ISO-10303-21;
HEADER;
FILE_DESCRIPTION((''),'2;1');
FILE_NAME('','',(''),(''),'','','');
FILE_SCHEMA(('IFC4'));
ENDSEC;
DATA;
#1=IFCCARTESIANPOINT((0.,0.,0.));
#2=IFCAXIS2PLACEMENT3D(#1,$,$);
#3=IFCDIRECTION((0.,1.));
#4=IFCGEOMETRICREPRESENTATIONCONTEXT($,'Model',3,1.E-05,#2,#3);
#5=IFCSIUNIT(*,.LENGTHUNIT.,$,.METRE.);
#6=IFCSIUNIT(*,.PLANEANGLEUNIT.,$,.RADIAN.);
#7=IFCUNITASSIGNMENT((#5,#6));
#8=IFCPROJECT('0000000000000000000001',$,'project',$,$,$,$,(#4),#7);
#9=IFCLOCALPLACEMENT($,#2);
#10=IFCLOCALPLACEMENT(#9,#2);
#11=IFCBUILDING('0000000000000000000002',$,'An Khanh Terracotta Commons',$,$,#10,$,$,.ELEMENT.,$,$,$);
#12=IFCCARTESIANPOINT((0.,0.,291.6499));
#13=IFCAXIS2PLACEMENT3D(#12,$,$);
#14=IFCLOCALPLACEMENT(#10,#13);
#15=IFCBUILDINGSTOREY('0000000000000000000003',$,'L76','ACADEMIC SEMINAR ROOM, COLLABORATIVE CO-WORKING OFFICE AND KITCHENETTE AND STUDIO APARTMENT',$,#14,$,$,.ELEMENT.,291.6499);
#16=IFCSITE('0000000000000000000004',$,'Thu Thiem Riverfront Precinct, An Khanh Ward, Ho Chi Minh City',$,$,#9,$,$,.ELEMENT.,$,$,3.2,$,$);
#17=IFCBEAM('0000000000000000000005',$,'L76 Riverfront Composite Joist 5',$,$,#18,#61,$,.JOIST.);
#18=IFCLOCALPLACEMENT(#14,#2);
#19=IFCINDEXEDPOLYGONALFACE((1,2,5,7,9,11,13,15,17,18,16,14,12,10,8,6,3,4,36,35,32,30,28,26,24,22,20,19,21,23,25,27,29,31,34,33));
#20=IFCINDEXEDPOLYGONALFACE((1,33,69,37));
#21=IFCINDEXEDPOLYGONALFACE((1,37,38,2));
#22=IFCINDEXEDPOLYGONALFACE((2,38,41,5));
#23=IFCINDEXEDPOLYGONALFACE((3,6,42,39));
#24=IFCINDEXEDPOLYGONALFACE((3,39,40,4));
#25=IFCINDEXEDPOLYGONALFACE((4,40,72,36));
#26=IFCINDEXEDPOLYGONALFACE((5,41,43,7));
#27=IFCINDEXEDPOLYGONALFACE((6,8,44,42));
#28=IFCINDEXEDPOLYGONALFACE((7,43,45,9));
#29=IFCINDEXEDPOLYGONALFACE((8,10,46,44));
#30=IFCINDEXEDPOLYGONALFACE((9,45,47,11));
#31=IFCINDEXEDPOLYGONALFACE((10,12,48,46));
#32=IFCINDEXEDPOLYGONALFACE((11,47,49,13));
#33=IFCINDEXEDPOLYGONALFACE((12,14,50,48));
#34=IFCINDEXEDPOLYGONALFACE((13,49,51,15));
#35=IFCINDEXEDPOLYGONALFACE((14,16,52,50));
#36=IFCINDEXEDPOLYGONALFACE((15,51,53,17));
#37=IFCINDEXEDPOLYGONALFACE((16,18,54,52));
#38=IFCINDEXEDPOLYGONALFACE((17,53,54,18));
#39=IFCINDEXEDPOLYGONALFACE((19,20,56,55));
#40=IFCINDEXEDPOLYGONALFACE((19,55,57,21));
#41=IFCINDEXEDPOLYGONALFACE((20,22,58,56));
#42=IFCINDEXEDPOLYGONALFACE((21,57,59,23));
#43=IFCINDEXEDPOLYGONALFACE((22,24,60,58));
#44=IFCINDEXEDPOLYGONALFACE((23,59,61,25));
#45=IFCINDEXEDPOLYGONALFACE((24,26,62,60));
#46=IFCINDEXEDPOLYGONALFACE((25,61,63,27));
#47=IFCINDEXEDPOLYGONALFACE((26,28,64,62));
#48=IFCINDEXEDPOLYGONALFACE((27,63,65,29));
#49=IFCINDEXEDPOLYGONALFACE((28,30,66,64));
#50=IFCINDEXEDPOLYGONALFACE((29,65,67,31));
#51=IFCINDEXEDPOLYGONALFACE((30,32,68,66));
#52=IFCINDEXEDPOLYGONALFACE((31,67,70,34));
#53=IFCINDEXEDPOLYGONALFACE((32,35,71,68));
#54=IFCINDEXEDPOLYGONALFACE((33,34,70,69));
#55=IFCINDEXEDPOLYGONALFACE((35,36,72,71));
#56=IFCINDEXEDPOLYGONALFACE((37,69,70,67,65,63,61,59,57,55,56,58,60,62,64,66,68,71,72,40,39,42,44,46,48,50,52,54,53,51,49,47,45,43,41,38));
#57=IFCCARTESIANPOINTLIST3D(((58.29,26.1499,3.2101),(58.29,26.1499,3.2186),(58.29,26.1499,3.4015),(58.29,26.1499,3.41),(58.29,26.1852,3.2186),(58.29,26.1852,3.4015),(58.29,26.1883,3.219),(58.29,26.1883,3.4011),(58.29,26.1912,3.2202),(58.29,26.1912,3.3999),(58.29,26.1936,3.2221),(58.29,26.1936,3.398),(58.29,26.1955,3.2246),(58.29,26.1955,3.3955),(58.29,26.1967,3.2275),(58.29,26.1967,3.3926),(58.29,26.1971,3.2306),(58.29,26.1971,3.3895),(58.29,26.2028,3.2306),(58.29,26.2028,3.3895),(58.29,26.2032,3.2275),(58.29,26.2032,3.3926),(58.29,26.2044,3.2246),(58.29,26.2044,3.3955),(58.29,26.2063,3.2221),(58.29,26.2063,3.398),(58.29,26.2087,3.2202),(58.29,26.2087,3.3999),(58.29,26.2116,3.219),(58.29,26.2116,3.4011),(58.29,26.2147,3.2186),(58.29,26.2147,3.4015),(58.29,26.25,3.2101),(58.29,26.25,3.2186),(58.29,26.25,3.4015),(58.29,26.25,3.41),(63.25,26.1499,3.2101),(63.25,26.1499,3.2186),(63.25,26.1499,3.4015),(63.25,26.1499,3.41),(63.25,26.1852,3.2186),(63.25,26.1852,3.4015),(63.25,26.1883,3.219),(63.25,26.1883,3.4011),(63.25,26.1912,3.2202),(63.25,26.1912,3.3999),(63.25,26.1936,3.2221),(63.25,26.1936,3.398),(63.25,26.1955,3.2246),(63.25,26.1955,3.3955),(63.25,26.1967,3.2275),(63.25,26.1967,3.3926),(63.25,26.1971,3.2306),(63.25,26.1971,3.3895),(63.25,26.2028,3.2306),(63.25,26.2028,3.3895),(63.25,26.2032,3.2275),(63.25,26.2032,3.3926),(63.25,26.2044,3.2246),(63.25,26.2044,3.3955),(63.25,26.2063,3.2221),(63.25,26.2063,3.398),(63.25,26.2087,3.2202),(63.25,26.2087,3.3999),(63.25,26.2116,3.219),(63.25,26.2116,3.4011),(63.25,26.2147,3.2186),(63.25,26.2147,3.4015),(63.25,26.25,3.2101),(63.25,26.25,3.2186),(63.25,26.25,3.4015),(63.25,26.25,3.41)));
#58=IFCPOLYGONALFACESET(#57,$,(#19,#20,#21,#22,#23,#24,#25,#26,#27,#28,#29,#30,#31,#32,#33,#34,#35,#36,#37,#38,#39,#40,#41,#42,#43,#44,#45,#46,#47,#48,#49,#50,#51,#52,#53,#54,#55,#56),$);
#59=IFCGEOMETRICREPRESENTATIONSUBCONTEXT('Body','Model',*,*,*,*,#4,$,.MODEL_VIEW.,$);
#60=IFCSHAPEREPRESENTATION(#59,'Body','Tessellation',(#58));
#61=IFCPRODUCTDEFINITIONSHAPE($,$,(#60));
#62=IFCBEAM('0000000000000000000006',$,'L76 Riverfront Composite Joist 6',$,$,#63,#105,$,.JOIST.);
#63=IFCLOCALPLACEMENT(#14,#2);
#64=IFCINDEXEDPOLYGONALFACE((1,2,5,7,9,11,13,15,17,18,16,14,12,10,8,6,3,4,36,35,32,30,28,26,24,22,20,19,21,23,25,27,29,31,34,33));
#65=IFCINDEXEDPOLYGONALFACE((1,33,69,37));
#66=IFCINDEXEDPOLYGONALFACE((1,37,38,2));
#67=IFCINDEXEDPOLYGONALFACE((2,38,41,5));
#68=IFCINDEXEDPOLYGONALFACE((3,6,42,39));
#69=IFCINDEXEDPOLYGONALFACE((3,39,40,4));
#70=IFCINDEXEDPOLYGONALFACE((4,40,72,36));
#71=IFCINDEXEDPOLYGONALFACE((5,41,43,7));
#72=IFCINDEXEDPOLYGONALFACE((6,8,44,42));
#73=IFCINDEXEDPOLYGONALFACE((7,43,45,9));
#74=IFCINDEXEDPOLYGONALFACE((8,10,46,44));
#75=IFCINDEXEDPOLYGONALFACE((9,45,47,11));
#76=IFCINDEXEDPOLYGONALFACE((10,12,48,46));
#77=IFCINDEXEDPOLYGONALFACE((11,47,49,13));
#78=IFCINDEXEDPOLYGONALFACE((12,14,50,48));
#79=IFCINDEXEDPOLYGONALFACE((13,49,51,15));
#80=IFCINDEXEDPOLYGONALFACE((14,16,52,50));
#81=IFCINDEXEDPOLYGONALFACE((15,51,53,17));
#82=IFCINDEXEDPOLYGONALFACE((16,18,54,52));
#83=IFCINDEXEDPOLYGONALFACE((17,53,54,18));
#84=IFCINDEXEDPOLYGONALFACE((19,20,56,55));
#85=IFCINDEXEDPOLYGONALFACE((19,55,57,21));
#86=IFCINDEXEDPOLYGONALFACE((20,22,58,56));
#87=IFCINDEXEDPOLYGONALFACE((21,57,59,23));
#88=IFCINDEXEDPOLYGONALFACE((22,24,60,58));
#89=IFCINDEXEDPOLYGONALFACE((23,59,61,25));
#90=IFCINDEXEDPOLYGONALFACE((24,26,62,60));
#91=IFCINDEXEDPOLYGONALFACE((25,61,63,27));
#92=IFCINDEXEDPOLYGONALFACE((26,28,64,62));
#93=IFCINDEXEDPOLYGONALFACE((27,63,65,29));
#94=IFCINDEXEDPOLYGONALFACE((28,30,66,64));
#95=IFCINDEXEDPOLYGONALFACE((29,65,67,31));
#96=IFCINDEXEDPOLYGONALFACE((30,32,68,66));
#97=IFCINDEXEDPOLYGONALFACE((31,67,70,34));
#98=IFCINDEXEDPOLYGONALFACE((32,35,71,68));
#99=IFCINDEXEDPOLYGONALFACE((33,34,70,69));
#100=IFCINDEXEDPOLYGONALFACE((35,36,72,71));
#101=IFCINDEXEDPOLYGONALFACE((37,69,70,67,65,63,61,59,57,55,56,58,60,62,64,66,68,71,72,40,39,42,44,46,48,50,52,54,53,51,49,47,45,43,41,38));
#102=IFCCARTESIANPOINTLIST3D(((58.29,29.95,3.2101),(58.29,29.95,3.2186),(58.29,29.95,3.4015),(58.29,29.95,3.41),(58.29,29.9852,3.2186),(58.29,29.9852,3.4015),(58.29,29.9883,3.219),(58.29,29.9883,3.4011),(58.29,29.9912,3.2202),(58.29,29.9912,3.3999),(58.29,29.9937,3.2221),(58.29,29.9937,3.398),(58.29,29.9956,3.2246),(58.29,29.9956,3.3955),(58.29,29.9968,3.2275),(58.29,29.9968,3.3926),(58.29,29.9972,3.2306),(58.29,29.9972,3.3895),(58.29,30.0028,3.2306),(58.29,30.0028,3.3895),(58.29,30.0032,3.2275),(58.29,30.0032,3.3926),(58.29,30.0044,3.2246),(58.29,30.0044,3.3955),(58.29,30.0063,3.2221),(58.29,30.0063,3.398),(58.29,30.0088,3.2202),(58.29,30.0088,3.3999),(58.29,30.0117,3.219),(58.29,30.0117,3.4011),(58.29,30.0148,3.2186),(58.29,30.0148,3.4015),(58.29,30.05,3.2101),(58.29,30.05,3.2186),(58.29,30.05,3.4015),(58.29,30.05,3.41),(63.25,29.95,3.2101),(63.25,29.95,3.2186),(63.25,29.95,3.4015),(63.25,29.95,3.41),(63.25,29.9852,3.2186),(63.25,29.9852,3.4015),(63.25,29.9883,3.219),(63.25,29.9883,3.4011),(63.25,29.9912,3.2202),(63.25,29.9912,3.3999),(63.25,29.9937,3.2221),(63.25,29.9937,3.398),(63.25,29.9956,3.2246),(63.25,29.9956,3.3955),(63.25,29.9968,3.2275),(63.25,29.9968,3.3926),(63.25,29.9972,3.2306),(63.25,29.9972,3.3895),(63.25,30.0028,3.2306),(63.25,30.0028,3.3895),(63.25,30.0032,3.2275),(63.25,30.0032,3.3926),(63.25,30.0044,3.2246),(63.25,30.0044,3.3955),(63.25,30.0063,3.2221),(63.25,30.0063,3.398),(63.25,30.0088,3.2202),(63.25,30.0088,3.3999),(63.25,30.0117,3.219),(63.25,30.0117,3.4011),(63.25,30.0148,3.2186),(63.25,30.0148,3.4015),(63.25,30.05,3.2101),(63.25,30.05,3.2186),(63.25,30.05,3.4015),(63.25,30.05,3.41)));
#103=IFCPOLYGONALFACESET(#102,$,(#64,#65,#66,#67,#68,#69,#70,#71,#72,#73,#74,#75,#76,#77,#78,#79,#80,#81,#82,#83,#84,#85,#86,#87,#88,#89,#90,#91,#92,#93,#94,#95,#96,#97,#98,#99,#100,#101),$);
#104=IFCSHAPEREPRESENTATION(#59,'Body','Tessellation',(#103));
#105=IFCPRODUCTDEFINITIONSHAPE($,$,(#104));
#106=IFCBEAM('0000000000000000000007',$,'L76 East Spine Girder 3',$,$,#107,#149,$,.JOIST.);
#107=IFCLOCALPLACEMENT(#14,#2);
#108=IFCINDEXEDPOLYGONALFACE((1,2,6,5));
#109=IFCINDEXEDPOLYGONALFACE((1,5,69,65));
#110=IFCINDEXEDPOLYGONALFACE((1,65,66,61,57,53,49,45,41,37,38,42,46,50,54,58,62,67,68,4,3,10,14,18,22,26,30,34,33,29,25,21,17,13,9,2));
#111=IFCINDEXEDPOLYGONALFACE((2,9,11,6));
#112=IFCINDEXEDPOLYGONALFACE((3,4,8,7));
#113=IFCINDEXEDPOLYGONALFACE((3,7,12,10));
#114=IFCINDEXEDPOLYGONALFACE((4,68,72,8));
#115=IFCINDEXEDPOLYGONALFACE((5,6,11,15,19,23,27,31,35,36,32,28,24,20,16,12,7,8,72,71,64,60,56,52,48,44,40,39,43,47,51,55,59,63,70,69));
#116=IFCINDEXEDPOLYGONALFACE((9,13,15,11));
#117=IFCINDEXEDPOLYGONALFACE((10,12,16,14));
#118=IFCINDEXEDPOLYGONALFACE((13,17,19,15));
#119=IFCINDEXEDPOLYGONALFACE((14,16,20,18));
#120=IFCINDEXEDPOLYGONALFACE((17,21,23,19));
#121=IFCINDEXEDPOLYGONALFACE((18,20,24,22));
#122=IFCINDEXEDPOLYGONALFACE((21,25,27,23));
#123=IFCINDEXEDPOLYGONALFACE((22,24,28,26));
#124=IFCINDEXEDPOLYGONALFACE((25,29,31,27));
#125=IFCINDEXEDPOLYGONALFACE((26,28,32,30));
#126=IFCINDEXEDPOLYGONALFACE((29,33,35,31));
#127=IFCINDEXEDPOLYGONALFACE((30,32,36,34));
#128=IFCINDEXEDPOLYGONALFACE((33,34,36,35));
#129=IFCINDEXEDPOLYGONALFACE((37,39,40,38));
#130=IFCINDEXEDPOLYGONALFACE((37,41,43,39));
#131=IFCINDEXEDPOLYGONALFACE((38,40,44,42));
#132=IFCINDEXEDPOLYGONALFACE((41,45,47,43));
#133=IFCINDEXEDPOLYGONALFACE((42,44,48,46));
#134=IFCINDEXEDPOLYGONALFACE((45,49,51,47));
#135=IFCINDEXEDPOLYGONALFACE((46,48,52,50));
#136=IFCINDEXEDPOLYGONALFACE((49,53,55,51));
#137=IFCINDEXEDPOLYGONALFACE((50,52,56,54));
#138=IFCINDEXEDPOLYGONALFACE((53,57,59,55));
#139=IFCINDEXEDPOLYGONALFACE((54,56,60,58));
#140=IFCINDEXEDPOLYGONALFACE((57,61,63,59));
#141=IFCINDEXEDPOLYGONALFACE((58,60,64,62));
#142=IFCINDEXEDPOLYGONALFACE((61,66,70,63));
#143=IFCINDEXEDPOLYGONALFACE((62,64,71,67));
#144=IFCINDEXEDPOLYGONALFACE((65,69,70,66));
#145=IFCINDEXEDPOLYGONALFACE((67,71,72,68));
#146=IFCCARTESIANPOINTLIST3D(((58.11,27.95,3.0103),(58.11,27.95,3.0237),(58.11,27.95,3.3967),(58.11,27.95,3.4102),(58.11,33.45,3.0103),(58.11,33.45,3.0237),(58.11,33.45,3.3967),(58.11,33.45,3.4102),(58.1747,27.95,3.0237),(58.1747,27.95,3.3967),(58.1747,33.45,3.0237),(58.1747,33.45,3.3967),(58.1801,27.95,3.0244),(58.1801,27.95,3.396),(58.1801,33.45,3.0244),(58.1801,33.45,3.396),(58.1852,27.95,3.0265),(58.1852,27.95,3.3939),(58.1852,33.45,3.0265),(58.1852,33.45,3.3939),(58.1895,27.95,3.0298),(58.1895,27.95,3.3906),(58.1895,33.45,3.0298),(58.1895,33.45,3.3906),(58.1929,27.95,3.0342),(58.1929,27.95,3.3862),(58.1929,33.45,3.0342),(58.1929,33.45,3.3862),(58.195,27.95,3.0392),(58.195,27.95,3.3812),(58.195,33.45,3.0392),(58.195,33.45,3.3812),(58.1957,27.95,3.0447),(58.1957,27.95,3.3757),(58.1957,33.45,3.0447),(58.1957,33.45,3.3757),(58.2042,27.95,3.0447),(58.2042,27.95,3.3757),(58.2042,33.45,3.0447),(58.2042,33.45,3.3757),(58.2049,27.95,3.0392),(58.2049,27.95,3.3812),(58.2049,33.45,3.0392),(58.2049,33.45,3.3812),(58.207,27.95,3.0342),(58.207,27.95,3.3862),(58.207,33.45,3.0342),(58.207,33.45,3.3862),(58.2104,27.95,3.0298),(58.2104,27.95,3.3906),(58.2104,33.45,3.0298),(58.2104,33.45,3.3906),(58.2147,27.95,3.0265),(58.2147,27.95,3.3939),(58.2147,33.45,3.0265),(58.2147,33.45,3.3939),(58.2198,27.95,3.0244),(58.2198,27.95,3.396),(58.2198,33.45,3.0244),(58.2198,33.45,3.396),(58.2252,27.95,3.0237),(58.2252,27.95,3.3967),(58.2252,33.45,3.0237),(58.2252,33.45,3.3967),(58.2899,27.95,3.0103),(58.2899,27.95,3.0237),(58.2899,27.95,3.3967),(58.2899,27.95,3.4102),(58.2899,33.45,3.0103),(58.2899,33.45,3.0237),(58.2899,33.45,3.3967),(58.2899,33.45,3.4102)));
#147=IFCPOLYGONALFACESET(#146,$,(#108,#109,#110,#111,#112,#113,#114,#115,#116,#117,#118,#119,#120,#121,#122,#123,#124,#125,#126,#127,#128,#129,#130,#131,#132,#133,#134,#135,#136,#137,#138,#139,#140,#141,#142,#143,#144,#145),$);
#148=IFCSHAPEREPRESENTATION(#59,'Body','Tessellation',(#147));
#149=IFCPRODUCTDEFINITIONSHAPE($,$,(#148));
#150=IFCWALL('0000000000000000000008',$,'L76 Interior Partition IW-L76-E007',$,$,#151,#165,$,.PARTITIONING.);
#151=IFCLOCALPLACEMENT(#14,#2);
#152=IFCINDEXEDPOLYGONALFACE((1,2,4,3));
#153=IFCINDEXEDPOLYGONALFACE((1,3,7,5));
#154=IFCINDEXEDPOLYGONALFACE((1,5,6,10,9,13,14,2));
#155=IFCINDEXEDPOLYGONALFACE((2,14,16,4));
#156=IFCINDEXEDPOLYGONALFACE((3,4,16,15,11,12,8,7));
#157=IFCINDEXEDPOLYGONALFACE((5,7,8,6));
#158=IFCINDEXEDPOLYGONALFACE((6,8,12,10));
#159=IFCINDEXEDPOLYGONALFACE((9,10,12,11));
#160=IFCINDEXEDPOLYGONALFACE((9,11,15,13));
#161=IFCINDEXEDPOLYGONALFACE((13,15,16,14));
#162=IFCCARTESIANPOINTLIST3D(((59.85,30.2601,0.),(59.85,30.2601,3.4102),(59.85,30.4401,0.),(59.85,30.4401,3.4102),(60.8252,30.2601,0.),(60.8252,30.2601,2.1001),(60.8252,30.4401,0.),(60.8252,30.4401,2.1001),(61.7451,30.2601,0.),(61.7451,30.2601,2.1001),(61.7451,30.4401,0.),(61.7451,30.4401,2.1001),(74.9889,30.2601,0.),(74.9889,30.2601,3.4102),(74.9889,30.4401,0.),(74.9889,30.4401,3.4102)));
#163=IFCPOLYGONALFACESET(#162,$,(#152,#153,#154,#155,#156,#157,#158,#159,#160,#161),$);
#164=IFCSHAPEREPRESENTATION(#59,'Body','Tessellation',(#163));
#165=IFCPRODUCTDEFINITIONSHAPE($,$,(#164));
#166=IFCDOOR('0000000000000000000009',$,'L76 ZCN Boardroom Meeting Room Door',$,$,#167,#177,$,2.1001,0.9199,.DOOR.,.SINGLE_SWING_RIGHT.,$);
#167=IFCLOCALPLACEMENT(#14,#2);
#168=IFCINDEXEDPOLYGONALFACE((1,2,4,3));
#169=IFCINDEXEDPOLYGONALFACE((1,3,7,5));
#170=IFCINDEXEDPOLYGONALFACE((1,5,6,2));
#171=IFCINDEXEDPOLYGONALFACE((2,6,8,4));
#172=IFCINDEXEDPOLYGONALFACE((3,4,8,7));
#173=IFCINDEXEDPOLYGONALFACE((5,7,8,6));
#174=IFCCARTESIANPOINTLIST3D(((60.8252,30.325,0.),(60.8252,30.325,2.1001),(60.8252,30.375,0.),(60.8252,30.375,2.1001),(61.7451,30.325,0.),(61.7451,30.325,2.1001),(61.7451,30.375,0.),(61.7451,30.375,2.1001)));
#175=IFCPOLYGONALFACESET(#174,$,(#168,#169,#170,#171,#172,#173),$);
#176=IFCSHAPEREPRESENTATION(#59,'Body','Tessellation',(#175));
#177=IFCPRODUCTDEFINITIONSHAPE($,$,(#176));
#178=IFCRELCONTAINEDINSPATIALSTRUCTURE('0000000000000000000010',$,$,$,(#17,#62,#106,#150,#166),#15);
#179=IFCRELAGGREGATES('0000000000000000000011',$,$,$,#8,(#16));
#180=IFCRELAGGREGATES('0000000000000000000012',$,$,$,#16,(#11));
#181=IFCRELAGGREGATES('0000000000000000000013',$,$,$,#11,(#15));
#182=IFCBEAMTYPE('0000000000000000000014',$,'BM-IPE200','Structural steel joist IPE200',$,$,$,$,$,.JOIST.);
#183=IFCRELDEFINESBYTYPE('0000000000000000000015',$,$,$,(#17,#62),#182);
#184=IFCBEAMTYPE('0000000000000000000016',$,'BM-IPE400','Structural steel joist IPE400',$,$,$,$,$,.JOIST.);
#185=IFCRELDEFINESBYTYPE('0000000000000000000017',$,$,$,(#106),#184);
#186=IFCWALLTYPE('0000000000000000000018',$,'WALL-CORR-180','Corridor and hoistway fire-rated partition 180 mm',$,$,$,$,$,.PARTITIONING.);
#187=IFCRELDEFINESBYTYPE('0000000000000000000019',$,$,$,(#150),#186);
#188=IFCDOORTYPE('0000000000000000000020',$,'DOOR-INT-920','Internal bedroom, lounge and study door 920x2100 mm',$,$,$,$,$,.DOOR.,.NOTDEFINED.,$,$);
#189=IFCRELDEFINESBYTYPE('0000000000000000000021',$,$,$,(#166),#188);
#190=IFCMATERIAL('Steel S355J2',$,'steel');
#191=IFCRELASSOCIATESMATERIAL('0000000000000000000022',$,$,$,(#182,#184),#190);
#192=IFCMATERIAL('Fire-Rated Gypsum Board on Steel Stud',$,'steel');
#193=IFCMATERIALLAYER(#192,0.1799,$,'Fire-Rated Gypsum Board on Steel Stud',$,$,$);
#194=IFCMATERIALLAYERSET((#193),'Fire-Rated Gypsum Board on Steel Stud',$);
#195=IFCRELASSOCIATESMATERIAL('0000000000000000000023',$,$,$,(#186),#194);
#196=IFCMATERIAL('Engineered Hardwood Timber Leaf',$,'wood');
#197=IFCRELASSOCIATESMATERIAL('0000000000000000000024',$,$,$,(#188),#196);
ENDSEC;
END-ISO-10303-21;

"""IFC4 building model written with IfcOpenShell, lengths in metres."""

from ifc_helpers import new_model, si_unit, direction, frame, frame_2d, origin, origin_2d, place, context, subcontext, project, spatial, rectangle, i_section, extrude, material, layer, layer_set, material_profile, profile_set, type_object, element, fill, save


model = new_model("IFC4")

# Units and contexts
model_context = context("Model", 3, precision=1e-05, world=origin(), true_north=direction((0.0, 1.0)))
body_context = subcontext(model_context, "Body", "Model", "MODEL_VIEW")
ifc_project = project(units=[si_unit("LENGTHUNIT", "METRE"), si_unit("PLANEANGLEUNIT", "RADIAN")], contexts=[model_context])

# Site, building, storey
site_placement = place(None, origin())
site = spatial("IfcSite", under=ifc_project, at=site_placement, Name="Thu Thiem Riverfront Precinct, An Khanh Ward, Ho Chi Minh City", CompositionType="ELEMENT", RefElevation=3.2)
building_placement = place(site_placement, origin())
building = spatial("IfcBuilding", under=site, at=building_placement, Name="An Khanh Terracotta Commons", CompositionType="ELEMENT")
storey_placement = place(building_placement, frame((0.0, 0.0, 291.6499)))
storey = spatial("IfcBuildingStorey", under=building, at=storey_placement, Name="L76", Description="ACADEMIC SEMINAR ROOM, COLLABORATIVE CO-WORKING OFFICE AND KITCHENETTE AND STUDIO APARTMENT", CompositionType="ELEMENT", Elevation=291.6499)

# Beams
ifc_material_1 = material(Name="Steel S355J2", Category="steel")
ifc_material_profile_1 = material_profile(ifc_material_1, i_section(OverallWidth=0.1001, OverallDepth=0.2, WebThickness=0.0056, FlangeThickness=0.0085, FilletRadius=0.012, at=origin_2d()), Name="IPE200")
ifc_profile_set_1 = profile_set([ifc_material_profile_1], Name="Steel S355J2")
beam_type_1 = type_object("IfcBeamType", Name="BM-IPE200", Description="Structural steel joist IPE200", PredefinedType="JOIST", material=ifc_profile_set_1)
for number, where, z_axis, x_axis, name in (
    (1, (58.29, 26.2, 3.3101), (1.0, 0.0, 0.0), (0.0, 1.0, 0.0), "L76 Riverfront Composite Joist 5"),
    (2, (58.29, 30.0, 3.3101), (1.0, 0.0, 0.0), (0.0, 1.0, 0.0), "L76 Riverfront Composite Joist 6"),
):
    element("IfcBeam", number, at=place(storey_placement, frame(where, z_axis=z_axis, x_axis=x_axis)), inside=storey, type_object=beam_type_1, Name=name, PredefinedType="JOIST", context=body_context, shape_type="SweptSolid", body=[
        extrude(i_section(OverallWidth=0.1001, OverallDepth=0.2, WebThickness=0.0056, FlangeThickness=0.0085, FilletRadius=0.012, at=origin_2d()), origin(), (0.0, 0.0, 1.0), 4.96),
    ])
ifc_material_profile_2 = material_profile(ifc_material_1, i_section(OverallWidth=0.1799, OverallDepth=0.3999, WebThickness=0.0085, FlangeThickness=0.0134, FilletRadius=0.021, at=origin_2d()), Name="IPE400")
ifc_profile_set_2 = profile_set([ifc_material_profile_2], Name="Steel S355J2")
beam_type_2 = type_object("IfcBeamType", Name="BM-IPE400", Description="Structural steel joist IPE400", PredefinedType="JOIST", material=ifc_profile_set_2)
beam_1_placement = place(storey_placement, frame((58.2, 27.95, 3.2102), z_axis=(0.0, 1.0, 0.0), x_axis=(-1.0, 0.0, 0.0)))
element("IfcBeam", 3, at=beam_1_placement, inside=storey, type_object=beam_type_2, Name="L76 East Spine Girder 3", PredefinedType="JOIST", context=body_context, shape_type="SweptSolid", body=[
    extrude(i_section(OverallWidth=0.1799, OverallDepth=0.3999, WebThickness=0.0085, FlangeThickness=0.0134, FilletRadius=0.021, at=origin_2d()), origin(), (0.0, 0.0, 1.0), 5.5),
])

# Wall, opening, door
ifc_material_2 = material(Name="Fire-Rated Gypsum Board on Steel Stud", Category="steel")
ifc_layer_1 = layer(ifc_material_2, 0.1799, Name="Fire-Rated Gypsum Board on Steel Stud")
ifc_layer_set_1 = layer_set([ifc_layer_1], Name="Fire-Rated Gypsum Board on Steel Stud")
wall_type_1 = type_object("IfcWallType", Name="WALL-CORR-180", Description="Corridor and hoistway fire-rated partition 180 mm", PredefinedType="PARTITIONING", material=ifc_layer_set_1)
wall_1_placement = place(storey_placement, frame((59.8501, 30.3501, 0.0), z_axis=(0.0, 0.0, 1.0), x_axis=(1.0, 0.0, 0.0)))
wall_1 = element("IfcWall", 4, at=wall_1_placement, inside=storey, type_object=wall_type_1, Name="L76 Interior Partition IW-L76-E007", PredefinedType="PARTITIONING", context=body_context, shape_type="SweptSolid", body=[
    extrude(rectangle(XDim=15.1389, YDim=0.1799, at=frame_2d((7.5693, 0.0))), origin(), (0.0, 0.0, 1.0), 3.4102),
])
opening_1_placement = place(wall_1_placement, frame((0.9751, 0.0, 0.0)))
opening_1 = element("IfcOpeningElement", 5, at=opening_1_placement, cuts=wall_1, PredefinedType="OPENING", context=body_context, shape_type="SweptSolid", body=[
    extrude(rectangle(XDim=0.9199, YDim=2.1001, at=frame_2d((0.46, 1.05))), frame((0.0, 0.0999, 0.0), z_axis=(0.0, -1.0, 0.0), x_axis=(1.0, 0.0, 0.0)), (0.0, 0.0, 1.0), 0.2),
])
ifc_material_3 = material(Name="Engineered Hardwood Timber Leaf", Category="wood")
door_type_1 = type_object("IfcDoorType", Name="DOOR-INT-920", Description="Internal bedroom, lounge and study door 920x2100 mm", OperationType="NOTDEFINED", PredefinedType="DOOR", material=ifc_material_3)
door_1_placement = place(opening_1_placement, origin())
door_1 = element("IfcDoor", 6, at=door_1_placement, inside=storey, type_object=door_type_1, Name="L76 ZCN Boardroom Meeting Room Door", OperationType="SINGLE_SWING_RIGHT", OverallHeight=2.1001, OverallWidth=0.9199, PredefinedType="DOOR", context=body_context, shape_type="SweptSolid", body=[
    extrude(rectangle(XDim=0.9199, YDim=2.1001, at=frame_2d((0.46, 1.05))), frame((0.0, 0.0249, 0.0), z_axis=(0.0, -1.0, 0.0), x_axis=(1.0, 0.0, 0.0)), (0.0, 0.0, 1.0), 0.05),
])
fill(opening_1, door_1)

save(model, "model.ifc")
